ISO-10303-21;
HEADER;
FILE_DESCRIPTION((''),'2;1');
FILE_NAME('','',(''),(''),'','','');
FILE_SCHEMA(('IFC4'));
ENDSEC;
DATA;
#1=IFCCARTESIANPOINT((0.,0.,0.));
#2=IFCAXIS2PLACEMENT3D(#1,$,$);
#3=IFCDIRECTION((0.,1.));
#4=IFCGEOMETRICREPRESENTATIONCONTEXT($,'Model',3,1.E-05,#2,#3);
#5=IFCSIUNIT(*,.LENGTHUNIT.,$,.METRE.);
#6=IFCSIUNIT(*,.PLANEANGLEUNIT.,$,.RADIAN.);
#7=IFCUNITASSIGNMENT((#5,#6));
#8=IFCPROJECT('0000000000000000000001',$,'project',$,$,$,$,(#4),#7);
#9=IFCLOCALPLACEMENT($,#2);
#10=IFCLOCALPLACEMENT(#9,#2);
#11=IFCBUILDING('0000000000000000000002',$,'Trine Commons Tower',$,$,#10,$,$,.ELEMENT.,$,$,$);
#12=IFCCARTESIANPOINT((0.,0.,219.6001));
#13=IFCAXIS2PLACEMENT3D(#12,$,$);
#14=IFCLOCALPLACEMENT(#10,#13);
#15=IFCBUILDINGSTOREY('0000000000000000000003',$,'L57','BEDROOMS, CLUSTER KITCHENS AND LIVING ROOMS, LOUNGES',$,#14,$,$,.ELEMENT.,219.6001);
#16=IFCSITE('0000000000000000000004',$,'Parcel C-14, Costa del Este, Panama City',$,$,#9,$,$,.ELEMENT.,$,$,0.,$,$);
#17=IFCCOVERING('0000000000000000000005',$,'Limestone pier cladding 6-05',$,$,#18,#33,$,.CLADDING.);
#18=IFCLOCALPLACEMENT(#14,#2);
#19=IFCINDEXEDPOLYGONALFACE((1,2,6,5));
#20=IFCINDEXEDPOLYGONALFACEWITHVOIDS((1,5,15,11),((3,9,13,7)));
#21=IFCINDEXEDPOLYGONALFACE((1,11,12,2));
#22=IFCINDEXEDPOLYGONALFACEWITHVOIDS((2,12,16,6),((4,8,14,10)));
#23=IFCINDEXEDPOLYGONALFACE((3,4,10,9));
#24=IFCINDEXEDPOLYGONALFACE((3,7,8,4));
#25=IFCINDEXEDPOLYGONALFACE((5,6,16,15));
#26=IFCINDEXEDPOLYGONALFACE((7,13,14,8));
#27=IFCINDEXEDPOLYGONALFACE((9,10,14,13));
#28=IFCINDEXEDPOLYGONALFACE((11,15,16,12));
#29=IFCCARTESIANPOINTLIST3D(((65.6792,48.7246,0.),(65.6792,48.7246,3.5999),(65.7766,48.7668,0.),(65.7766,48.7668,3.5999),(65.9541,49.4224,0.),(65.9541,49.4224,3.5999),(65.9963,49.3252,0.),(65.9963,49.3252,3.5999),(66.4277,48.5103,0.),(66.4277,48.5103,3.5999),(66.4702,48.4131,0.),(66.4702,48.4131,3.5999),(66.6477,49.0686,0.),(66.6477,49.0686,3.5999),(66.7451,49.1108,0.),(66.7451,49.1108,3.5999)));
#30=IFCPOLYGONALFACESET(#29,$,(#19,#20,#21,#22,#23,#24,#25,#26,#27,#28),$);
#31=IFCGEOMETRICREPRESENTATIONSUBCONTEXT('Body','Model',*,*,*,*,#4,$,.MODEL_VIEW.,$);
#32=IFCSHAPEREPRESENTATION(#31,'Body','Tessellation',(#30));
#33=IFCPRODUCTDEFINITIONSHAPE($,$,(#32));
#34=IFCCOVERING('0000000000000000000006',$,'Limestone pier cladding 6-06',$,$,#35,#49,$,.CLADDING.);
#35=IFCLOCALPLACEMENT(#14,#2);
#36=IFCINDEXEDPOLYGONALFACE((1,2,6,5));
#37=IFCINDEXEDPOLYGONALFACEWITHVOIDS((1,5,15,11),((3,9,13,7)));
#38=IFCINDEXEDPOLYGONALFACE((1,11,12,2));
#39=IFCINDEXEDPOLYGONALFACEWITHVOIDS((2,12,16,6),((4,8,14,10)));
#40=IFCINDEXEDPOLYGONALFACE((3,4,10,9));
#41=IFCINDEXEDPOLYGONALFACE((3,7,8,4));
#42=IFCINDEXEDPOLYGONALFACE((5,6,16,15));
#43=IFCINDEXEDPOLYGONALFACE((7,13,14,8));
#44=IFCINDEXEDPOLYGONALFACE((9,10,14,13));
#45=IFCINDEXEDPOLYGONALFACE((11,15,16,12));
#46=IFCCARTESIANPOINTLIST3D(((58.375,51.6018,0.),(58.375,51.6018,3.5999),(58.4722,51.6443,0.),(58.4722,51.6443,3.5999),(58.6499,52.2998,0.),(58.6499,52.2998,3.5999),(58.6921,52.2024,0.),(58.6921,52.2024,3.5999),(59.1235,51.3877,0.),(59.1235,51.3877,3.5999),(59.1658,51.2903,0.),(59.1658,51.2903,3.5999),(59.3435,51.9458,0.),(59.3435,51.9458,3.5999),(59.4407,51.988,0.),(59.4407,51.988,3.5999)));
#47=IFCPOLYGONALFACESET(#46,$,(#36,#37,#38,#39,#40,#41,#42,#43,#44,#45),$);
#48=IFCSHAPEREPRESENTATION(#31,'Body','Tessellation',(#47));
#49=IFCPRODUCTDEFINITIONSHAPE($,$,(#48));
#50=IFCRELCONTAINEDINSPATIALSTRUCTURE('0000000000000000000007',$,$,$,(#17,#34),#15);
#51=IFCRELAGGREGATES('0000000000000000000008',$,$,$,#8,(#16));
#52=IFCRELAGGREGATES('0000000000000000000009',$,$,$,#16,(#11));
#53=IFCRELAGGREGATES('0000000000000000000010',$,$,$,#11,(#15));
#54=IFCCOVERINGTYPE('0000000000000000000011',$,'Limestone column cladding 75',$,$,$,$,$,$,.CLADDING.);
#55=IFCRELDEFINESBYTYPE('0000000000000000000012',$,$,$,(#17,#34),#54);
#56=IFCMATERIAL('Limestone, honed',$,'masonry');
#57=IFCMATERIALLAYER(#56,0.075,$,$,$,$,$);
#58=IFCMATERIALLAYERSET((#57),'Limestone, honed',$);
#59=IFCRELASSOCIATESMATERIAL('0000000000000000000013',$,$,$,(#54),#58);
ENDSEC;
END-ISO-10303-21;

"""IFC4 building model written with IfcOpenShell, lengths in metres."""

from ifc_helpers import new_model, si_unit, direction, frame, origin, place, context, subcontext, project, spatial, polyline, outline, extrude, material, layer, layer_set, type_object, element, save


model = new_model("IFC4")

# Units and contexts
model_context = context("Model", 3, precision=1e-05, world=origin(), true_north=direction((0.0, 1.0)))
body_context = subcontext(model_context, "Body", "Model", "MODEL_VIEW")
ifc_project = project(units=[si_unit("LENGTHUNIT", "METRE"), si_unit("PLANEANGLEUNIT", "RADIAN")], contexts=[model_context])

# Site, building, storey
site_placement = place(None, origin())
site = spatial("IfcSite", under=ifc_project, at=site_placement, Name="Parcel C-14, Costa del Este, Panama City", CompositionType="ELEMENT", RefElevation=0.0)
building_placement = place(site_placement, origin())
building = spatial("IfcBuilding", under=site, at=building_placement, Name="Trine Commons Tower", CompositionType="ELEMENT")
storey_placement = place(building_placement, frame((0.0, 0.0, 219.6001)))
storey = spatial("IfcBuildingStorey", under=building, at=storey_placement, Name="L57", Description="BEDROOMS, CLUSTER KITCHENS AND LIVING ROOMS, LOUNGES", CompositionType="ELEMENT", Elevation=219.6001)

# Coverings
ifc_material_1 = material(Name="Limestone, honed", Category="masonry")
ifc_layer_1 = layer(ifc_material_1, 0.075)
ifc_layer_set_1 = layer_set([ifc_layer_1], Name="Limestone, honed")
covering_type_1 = type_object("IfcCoveringType", Name="Limestone column cladding 75", PredefinedType="CLADDING", material=ifc_layer_set_1)
covering_1_placement = place(storey_placement, origin())
element("IfcCovering", 1, at=covering_1_placement, inside=storey, type_object=covering_type_1, Name="Limestone pier cladding 6-05", PredefinedType="CLADDING", context=body_context, shape_type="SweptSolid", body=[
    extrude(outline(polyline([(65.9541, 49.4224), (65.6792, 48.7246), (66.4702, 48.4131), (66.7451, 49.1108), (65.9541, 49.4224)]), holes=[polyline([(65.9963, 49.3252), (65.7766, 48.7668), (66.4277, 48.5103), (66.6477, 49.0686), (65.9963, 49.3252)])]), origin(), (0.0, 0.0, 1.0), 3.5999),
])
covering_2_placement = place(storey_placement, origin())
element("IfcCovering", 2, at=covering_2_placement, inside=storey, type_object=covering_type_1, Name="Limestone pier cladding 6-06", PredefinedType="CLADDING", context=body_context, shape_type="SweptSolid", body=[
    extrude(outline(polyline([(58.6499, 52.2998), (58.375, 51.6018), (59.1658, 51.2903), (59.4407, 51.988), (58.6499, 52.2998)]), holes=[polyline([(58.6921, 52.2024), (58.4722, 51.6443), (59.1235, 51.3877), (59.3435, 51.9458), (58.6921, 52.2024)])]), origin(), (0.0, 0.0, 1.0), 3.5999),
])

save(model, "model.ifc")
